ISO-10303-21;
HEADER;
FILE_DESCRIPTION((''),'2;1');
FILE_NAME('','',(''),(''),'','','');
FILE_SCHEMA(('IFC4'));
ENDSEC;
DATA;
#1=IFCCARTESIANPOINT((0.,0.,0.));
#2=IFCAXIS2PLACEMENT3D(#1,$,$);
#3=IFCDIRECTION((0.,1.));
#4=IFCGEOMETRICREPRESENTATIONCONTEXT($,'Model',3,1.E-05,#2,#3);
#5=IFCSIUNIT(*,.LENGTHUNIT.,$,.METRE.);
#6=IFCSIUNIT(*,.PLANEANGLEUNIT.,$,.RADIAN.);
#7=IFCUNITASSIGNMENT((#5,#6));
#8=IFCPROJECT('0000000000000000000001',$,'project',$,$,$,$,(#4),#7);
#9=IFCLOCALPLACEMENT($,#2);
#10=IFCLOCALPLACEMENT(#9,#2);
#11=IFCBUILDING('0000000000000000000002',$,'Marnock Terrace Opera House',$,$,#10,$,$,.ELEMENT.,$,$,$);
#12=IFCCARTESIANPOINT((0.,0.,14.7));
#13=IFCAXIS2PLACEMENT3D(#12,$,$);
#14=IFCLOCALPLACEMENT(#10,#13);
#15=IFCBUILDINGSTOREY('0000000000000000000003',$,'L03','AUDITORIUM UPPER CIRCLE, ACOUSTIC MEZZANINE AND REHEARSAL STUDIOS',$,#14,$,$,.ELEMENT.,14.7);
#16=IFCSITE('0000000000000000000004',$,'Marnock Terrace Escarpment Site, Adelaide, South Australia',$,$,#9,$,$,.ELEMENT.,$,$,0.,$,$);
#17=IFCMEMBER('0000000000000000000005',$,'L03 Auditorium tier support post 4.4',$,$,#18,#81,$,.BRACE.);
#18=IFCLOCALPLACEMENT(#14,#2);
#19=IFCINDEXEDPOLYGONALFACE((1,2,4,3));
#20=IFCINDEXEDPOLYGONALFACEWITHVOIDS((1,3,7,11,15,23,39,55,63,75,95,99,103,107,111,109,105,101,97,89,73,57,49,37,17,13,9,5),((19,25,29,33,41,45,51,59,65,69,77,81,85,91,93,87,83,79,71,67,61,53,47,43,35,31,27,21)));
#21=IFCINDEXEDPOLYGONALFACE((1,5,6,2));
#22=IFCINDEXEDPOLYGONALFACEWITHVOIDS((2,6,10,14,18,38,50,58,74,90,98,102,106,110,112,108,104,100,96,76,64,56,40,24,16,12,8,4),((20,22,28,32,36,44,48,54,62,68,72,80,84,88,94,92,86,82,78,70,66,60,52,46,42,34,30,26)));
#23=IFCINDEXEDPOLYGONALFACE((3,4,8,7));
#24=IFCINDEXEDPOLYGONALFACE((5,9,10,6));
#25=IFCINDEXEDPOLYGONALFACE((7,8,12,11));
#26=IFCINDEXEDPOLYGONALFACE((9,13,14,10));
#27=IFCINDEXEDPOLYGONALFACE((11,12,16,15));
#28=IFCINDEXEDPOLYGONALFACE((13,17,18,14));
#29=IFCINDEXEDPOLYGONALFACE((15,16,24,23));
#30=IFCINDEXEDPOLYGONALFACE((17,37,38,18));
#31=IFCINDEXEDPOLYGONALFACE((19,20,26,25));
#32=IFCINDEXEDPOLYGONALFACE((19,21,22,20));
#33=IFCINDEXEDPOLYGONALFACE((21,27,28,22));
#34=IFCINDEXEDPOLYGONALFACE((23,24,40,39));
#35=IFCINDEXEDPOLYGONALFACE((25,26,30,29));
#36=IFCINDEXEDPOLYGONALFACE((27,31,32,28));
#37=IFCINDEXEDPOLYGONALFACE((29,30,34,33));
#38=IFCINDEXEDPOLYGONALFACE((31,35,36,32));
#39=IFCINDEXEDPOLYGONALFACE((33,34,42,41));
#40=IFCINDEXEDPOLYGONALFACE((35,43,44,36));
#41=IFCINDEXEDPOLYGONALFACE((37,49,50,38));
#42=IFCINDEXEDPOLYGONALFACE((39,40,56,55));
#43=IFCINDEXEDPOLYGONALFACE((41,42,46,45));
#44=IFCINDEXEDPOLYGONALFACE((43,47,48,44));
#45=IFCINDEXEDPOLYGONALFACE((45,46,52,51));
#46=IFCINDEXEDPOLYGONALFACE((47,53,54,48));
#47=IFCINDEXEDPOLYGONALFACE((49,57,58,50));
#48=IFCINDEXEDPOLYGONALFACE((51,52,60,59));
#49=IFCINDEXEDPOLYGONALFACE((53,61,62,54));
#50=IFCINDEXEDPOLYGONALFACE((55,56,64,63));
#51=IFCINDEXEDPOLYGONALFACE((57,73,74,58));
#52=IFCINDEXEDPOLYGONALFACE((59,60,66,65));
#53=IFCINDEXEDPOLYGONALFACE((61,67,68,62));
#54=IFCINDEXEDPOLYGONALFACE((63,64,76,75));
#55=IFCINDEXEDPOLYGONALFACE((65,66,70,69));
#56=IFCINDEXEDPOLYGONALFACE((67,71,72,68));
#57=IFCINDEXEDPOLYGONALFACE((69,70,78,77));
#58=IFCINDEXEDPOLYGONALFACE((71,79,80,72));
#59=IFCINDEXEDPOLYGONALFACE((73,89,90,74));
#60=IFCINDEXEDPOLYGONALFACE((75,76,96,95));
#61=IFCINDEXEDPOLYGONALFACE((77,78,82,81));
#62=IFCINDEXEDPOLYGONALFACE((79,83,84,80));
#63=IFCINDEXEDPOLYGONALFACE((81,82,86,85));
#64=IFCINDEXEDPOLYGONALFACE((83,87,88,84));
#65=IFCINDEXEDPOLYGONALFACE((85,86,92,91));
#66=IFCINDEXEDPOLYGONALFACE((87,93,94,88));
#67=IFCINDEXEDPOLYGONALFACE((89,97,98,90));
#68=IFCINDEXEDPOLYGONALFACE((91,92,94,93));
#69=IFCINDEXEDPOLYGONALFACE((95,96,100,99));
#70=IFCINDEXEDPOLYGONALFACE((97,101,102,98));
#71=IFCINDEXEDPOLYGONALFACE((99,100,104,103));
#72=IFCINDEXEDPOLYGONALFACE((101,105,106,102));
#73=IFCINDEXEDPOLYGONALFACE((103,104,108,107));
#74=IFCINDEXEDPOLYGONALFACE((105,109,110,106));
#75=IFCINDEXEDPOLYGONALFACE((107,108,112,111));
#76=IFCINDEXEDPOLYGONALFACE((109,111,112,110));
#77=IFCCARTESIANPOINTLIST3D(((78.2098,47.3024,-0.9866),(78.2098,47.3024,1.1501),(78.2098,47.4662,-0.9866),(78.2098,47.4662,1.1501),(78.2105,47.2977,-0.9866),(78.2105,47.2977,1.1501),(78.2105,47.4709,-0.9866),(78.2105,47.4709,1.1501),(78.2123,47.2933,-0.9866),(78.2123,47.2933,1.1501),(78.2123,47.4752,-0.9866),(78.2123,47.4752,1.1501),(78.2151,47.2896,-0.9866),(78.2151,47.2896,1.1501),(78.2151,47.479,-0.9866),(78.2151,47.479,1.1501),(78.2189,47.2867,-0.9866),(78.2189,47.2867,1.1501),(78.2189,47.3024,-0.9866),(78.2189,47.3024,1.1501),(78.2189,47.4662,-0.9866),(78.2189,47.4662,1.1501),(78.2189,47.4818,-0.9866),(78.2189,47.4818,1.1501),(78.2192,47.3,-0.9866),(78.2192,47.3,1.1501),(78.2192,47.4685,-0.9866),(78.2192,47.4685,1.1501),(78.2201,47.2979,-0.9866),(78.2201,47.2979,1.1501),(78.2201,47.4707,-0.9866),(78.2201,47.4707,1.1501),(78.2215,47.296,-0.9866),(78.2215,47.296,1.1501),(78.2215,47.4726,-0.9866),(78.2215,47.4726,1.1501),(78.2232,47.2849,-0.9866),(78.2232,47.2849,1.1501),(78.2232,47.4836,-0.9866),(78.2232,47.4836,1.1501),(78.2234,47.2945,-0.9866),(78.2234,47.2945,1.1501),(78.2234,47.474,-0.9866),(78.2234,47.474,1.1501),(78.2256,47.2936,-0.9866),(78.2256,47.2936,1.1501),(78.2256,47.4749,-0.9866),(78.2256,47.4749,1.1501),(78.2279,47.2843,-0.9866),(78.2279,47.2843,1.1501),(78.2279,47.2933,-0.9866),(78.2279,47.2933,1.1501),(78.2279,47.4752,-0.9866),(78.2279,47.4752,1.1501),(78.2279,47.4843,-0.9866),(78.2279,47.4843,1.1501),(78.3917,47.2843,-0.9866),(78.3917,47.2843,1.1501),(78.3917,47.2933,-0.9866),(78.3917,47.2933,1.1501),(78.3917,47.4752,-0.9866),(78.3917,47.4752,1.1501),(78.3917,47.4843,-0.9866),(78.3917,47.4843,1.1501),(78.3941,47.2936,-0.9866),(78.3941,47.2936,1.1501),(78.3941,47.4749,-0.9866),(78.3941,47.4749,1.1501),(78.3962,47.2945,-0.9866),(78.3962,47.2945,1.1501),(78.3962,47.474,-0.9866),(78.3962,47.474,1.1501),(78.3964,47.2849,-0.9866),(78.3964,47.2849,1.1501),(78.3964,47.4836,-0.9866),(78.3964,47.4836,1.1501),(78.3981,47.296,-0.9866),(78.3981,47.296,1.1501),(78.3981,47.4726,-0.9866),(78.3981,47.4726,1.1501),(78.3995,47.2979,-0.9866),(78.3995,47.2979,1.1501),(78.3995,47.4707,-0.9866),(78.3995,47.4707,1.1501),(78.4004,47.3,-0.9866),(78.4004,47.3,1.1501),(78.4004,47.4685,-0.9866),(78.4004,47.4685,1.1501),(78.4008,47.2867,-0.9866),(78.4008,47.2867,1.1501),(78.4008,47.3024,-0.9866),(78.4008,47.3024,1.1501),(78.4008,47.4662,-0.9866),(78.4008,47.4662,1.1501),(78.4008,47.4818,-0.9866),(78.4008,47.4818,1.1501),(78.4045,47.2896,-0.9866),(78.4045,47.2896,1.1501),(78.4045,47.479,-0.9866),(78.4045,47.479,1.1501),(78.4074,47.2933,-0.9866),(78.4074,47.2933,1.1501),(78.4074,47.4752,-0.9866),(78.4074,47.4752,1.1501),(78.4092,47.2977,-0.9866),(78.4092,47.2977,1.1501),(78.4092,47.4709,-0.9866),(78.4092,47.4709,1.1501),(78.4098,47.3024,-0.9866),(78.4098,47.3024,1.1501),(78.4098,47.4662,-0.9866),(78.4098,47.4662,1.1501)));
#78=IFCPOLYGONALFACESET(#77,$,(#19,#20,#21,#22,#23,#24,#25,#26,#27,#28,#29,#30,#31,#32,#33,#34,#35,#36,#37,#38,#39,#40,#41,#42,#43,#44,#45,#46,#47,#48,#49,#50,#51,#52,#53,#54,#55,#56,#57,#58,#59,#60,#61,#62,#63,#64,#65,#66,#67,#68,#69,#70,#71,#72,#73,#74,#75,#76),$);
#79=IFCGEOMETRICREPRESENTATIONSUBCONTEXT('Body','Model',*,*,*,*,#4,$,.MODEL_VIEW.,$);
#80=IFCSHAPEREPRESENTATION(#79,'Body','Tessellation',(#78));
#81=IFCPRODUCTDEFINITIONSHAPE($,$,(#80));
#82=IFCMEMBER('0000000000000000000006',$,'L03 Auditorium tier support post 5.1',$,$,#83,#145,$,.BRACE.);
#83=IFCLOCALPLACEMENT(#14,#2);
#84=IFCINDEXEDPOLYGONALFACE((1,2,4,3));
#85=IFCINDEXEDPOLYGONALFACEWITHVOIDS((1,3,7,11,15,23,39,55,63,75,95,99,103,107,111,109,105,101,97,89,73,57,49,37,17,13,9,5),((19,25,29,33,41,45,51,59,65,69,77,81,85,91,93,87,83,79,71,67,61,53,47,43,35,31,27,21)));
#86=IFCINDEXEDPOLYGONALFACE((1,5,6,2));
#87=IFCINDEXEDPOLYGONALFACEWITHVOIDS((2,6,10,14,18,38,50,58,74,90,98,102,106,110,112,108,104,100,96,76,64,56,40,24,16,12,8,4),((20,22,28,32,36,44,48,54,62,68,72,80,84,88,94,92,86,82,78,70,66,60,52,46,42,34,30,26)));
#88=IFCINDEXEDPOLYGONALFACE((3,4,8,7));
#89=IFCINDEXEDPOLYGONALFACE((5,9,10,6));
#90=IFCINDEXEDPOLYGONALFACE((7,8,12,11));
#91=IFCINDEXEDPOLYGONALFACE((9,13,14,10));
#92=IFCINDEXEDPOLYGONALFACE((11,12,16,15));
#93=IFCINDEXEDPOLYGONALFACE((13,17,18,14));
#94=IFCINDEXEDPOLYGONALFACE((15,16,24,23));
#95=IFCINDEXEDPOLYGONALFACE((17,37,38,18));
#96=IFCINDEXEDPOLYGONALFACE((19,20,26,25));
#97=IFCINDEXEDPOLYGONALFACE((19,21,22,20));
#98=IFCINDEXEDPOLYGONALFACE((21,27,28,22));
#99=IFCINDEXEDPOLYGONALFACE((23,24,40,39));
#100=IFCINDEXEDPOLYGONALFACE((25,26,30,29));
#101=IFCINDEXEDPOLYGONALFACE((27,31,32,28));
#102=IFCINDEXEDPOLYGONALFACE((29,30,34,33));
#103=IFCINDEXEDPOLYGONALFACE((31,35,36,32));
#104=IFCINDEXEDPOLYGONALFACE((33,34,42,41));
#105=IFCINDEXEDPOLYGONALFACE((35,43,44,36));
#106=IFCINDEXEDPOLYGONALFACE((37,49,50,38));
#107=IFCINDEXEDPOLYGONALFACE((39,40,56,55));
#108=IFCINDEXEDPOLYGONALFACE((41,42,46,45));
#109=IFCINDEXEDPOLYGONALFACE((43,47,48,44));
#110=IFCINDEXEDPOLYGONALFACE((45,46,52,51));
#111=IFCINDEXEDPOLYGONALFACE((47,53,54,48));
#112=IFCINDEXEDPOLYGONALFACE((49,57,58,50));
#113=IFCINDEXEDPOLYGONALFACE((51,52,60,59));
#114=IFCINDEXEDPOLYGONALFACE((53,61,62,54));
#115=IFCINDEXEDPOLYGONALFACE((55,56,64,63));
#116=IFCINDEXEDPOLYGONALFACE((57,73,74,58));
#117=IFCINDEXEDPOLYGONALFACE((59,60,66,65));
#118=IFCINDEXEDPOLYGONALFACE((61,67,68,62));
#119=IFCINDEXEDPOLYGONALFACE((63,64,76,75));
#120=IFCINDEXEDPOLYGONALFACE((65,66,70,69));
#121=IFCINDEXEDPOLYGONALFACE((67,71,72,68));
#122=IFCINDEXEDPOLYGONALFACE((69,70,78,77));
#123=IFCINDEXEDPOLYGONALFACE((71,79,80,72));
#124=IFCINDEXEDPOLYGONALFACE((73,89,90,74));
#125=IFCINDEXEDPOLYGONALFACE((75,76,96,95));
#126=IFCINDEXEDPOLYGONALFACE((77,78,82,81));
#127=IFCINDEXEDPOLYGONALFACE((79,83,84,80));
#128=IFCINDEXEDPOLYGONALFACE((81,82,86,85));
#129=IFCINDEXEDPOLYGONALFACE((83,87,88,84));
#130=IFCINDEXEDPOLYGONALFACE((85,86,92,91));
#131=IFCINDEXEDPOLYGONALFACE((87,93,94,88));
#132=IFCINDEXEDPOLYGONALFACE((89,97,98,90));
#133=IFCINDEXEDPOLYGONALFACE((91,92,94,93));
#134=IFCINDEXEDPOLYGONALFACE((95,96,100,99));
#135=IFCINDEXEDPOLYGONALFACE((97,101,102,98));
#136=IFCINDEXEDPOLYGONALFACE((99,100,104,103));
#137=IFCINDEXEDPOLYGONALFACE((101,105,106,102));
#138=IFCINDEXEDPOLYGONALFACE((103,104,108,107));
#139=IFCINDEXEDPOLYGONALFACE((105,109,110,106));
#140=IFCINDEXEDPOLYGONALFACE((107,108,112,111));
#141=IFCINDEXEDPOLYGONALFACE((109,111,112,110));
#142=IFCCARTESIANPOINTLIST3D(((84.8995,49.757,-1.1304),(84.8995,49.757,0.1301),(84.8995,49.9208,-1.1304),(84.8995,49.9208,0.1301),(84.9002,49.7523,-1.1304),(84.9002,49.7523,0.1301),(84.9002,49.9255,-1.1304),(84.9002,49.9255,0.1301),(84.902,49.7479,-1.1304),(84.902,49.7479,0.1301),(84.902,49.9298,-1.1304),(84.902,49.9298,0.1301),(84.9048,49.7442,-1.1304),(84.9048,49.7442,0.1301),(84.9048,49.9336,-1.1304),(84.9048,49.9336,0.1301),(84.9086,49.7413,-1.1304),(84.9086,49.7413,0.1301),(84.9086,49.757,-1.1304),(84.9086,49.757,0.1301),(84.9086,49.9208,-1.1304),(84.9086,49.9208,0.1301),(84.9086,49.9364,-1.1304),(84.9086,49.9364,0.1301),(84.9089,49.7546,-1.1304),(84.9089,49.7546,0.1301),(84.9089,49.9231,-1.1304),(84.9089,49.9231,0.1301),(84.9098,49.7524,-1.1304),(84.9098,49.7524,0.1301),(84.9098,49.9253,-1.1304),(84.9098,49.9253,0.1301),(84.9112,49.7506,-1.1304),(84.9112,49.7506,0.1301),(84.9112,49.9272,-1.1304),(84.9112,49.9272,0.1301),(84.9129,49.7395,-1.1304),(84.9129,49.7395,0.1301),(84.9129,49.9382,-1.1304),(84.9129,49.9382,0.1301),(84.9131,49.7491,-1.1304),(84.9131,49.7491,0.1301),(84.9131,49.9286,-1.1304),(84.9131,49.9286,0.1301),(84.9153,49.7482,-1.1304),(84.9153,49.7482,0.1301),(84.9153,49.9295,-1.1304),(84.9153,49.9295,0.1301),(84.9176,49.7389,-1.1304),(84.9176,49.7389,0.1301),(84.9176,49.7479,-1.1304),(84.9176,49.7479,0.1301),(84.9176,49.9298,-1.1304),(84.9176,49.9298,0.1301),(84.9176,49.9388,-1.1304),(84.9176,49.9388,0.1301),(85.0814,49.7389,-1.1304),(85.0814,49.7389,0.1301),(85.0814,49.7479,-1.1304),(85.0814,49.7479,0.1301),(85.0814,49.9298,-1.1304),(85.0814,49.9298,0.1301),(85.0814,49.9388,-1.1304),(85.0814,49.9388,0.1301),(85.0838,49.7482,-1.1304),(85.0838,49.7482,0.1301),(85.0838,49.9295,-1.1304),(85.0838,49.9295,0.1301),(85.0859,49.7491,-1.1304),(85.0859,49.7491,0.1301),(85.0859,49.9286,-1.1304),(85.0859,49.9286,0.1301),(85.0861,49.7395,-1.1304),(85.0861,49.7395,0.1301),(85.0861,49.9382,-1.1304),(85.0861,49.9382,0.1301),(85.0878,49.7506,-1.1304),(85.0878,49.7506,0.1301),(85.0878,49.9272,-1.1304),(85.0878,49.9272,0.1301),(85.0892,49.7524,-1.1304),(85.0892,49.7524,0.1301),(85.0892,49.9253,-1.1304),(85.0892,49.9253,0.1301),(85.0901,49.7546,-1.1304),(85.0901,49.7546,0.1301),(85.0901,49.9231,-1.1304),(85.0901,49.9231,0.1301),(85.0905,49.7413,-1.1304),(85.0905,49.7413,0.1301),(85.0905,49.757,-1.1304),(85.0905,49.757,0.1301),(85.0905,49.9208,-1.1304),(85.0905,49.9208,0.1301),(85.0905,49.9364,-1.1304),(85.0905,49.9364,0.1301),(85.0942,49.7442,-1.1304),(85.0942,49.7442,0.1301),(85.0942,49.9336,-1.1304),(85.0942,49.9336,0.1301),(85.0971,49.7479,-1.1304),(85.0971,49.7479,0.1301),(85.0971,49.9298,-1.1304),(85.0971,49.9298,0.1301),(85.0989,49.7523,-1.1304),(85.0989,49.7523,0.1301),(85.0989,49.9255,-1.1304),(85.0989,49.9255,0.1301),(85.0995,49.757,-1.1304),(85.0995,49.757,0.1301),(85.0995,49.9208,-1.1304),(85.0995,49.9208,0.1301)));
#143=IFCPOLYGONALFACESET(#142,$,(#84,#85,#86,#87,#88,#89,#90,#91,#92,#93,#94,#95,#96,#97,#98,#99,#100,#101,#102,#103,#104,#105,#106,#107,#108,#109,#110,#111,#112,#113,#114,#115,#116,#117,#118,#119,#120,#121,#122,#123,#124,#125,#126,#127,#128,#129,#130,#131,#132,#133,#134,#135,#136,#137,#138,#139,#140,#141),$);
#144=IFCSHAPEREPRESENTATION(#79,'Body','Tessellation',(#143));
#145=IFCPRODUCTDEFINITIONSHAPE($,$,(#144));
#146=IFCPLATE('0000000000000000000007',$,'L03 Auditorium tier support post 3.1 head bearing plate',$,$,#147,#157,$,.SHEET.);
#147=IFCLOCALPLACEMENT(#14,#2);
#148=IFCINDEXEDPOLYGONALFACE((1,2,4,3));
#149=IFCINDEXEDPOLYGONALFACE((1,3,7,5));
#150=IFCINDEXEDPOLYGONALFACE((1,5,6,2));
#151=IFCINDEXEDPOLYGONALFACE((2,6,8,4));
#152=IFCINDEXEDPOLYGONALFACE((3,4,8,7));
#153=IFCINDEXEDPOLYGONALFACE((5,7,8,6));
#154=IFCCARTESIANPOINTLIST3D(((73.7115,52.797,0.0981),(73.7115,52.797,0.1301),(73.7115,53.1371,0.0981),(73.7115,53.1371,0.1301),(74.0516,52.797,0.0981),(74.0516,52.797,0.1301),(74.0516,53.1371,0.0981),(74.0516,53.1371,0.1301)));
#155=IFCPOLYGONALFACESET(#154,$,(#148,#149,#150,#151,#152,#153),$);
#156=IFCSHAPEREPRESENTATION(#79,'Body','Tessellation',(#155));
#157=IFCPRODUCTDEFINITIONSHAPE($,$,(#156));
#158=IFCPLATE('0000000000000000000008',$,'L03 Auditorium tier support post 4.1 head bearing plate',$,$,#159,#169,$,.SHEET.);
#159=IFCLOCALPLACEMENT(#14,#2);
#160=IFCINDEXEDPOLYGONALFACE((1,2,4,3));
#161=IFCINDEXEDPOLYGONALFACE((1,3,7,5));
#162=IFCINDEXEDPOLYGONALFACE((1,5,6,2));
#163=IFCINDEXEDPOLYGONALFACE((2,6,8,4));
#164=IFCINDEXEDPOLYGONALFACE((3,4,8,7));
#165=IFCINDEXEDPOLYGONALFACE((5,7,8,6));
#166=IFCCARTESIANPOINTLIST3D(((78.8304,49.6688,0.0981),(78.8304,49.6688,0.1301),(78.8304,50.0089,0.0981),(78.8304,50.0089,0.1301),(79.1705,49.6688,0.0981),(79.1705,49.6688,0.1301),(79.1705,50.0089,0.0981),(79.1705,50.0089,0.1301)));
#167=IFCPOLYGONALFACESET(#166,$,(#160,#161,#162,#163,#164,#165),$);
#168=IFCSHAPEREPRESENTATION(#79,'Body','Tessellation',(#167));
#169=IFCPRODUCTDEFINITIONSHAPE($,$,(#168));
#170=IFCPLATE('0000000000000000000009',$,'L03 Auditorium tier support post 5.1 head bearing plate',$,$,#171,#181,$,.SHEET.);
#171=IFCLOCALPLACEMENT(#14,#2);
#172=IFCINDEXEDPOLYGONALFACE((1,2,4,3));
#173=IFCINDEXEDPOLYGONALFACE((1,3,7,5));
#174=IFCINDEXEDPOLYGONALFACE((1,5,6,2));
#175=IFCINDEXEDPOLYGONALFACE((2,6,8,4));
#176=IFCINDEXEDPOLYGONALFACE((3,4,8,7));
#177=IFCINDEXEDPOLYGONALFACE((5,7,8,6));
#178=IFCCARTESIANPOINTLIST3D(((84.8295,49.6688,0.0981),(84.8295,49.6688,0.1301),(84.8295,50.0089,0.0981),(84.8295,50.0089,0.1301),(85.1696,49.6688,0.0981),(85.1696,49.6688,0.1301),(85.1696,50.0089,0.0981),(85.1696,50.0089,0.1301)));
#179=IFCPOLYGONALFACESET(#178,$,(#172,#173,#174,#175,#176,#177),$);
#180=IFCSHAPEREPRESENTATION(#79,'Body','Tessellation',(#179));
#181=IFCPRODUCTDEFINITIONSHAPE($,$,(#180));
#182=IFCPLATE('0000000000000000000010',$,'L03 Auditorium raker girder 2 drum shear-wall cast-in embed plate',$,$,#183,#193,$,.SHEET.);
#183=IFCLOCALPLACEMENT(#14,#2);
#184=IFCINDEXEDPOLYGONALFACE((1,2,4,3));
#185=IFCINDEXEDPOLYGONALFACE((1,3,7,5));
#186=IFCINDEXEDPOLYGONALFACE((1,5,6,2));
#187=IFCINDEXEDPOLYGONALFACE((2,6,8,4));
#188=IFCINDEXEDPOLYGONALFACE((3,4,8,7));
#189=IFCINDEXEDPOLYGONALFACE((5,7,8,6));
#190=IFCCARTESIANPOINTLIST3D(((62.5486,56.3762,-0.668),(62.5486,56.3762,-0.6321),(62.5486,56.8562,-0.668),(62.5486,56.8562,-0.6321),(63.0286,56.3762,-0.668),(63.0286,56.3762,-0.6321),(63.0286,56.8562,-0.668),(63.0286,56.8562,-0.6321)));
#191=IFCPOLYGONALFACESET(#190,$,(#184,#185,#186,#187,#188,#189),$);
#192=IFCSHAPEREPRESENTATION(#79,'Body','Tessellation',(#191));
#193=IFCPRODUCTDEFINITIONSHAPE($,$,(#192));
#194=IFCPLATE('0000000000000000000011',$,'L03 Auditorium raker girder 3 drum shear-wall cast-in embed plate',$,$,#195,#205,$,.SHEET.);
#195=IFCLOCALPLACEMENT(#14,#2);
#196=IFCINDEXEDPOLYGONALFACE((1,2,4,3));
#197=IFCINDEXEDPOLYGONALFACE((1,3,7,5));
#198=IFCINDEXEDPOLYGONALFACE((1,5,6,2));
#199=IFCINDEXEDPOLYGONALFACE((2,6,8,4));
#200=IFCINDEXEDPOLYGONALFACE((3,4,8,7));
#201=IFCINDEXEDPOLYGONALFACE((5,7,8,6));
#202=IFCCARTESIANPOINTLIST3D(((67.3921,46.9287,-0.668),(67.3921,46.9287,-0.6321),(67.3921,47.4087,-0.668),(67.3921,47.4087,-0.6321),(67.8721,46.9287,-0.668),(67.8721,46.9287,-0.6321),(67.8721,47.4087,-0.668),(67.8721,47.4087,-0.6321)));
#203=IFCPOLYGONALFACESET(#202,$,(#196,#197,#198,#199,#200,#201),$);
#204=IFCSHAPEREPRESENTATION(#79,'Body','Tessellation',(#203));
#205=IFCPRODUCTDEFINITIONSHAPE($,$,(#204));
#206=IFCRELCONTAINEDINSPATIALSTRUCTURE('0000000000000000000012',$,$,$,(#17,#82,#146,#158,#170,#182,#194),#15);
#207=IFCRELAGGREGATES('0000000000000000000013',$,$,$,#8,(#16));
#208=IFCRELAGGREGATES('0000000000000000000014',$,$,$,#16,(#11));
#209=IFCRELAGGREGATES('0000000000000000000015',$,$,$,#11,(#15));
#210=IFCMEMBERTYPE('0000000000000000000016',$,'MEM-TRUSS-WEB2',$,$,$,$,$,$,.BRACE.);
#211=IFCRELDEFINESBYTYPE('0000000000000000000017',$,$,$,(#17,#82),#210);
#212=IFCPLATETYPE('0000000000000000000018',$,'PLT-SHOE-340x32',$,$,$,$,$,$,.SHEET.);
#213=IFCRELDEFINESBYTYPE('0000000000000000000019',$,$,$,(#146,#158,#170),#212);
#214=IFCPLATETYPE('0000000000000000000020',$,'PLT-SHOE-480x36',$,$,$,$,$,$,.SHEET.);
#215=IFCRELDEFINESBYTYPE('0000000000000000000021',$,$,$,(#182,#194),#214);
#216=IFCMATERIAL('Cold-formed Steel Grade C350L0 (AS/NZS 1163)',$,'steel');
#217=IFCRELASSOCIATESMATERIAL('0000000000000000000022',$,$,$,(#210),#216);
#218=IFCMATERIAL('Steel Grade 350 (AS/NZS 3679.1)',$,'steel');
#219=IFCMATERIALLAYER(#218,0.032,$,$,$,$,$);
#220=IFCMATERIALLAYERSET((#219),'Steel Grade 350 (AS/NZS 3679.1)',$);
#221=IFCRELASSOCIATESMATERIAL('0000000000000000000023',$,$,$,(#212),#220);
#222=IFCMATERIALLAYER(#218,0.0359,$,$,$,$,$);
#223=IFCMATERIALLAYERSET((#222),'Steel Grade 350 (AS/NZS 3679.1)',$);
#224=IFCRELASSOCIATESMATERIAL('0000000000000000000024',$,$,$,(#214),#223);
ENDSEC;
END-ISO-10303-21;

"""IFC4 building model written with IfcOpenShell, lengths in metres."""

from ifc_helpers import new_model, si_unit, direction, frame, origin, origin_2d, place, context, subcontext, project, spatial, rectangle, hollow_rectangle, extrude, material, layer, layer_set, material_profile, profile_set, type_object, element, save


model = new_model("IFC4")

# Units and contexts
model_context = context("Model", 3, precision=1e-05, world=origin(), true_north=direction((0.0, 1.0)))
body_context = subcontext(model_context, "Body", "Model", "MODEL_VIEW")
ifc_project = project(units=[si_unit("LENGTHUNIT", "METRE"), si_unit("PLANEANGLEUNIT", "RADIAN")], contexts=[model_context])

# Site, building, storey
site_placement = place(None, origin())
site = spatial("IfcSite", under=ifc_project, at=site_placement, Name="Marnock Terrace Escarpment Site, Adelaide, South Australia", CompositionType="ELEMENT", RefElevation=0.0)
building_placement = place(site_placement, origin())
building = spatial("IfcBuilding", under=site, at=building_placement, Name="Marnock Terrace Opera House", CompositionType="ELEMENT")
storey_placement = place(building_placement, frame((0.0, 0.0, 14.7)))
storey = spatial("IfcBuildingStorey", under=building, at=storey_placement, Name="L03", Description="AUDITORIUM UPPER CIRCLE, ACOUSTIC MEZZANINE AND REHEARSAL STUDIOS", CompositionType="ELEMENT", Elevation=14.7)

# Shared definitions
ifc_material_1 = material(Name="Steel Grade 350 (AS/NZS 3679.1)", Category="steel")

# Members
ifc_material_2 = material(Name="Cold-formed Steel Grade C350L0 (AS/NZS 1163)", Category="steel")
ifc_material_profile_1 = material_profile(ifc_material_2, hollow_rectangle(XDim=0.2, YDim=0.2, WallThickness=0.009, InnerFilletRadius=0.009, OuterFilletRadius=0.0181, at=origin_2d()))
ifc_profile_set_1 = profile_set([ifc_material_profile_1], Name="Cold-formed Steel Grade C350L0 (AS/NZS 1163)")
member_type = type_object("IfcMemberType", Name="MEM-TRUSS-WEB2", PredefinedType="BRACE", material=ifc_profile_set_1)
member_1_placement = place(storey_placement, frame((78.3098, 47.3843, -0.9866), z_axis=(0.0, 0.0, 1.0), x_axis=(1.0, 0.0, 0.0)))
element("IfcMember", 1, at=member_1_placement, inside=storey, type_object=member_type, Name="L03 Auditorium tier support post 4.4", PredefinedType="BRACE", context=body_context, shape_type="SweptSolid", body=[
    extrude(hollow_rectangle(XDim=0.2, YDim=0.2, WallThickness=0.009, InnerFilletRadius=0.009, OuterFilletRadius=0.0181, at=origin_2d()), origin(), (0.0, 0.0, 1.0), 2.1367),
])
member_2_placement = place(storey_placement, frame((84.9995, 49.8389, -1.1304), z_axis=(0.0, 0.0, 1.0), x_axis=(1.0, 0.0, 0.0)))
element("IfcMember", 2, at=member_2_placement, inside=storey, type_object=member_type, Name="L03 Auditorium tier support post 5.1", PredefinedType="BRACE", context=body_context, shape_type="SweptSolid", body=[
    extrude(hollow_rectangle(XDim=0.2, YDim=0.2, WallThickness=0.009, InnerFilletRadius=0.009, OuterFilletRadius=0.0181, at=origin_2d()), origin(), (0.0, 0.0, 1.0), 1.2605),
])

# Plates
ifc_layer_1 = layer(ifc_material_1, 0.032)
ifc_layer_set_1 = layer_set([ifc_layer_1], Name="Steel Grade 350 (AS/NZS 3679.1)")
plate_type_1 = type_object("IfcPlateType", Name="PLT-SHOE-340x32", PredefinedType="SHEET", material=ifc_layer_set_1)
for number, where, z_axis, x_axis, name in (
    (3, (73.8816, 52.967, 0.0981), (0.0, 0.0, 1.0), (1.0, 0.0, 0.0), "L03 Auditorium tier support post 3.1 head bearing plate"),
    (4, (79.0005, 49.8389, 0.0981), (0.0, 0.0, 1.0), (1.0, 0.0, 0.0), "L03 Auditorium tier support post 4.1 head bearing plate"),
    (5, (84.9995, 49.8389, 0.0981), (0.0, 0.0, 1.0), (1.0, 0.0, 0.0), "L03 Auditorium tier support post 5.1 head bearing plate"),
):
    element("IfcPlate", number, at=place(storey_placement, frame(where, z_axis=z_axis, x_axis=x_axis)), inside=storey, type_object=plate_type_1, Name=name, PredefinedType="SHEET", context=body_context, shape_type="SweptSolid", body=[
        extrude(rectangle(XDim=0.3401, YDim=0.3401, at=origin_2d()), origin(), (0.0, 0.0, 1.0), 0.032),
    ])
ifc_layer_2 = layer(ifc_material_1, 0.0359)
ifc_layer_set_2 = layer_set([ifc_layer_2], Name="Steel Grade 350 (AS/NZS 3679.1)")
plate_type_2 = type_object("IfcPlateType", Name="PLT-SHOE-480x36", PredefinedType="SHEET", material=ifc_layer_set_2)
for number, where, z_axis, x_axis, name in (
    (6, (62.7886, 56.6162, -0.668), (0.0, 0.0, 1.0), (1.0, 0.0, 0.0), "L03 Auditorium raker girder 2 drum shear-wall cast-in embed plate"),
    (7, (67.6321, 47.1687, -0.668), (0.0, 0.0, 1.0), (1.0, 0.0, 0.0), "L03 Auditorium raker girder 3 drum shear-wall cast-in embed plate"),
):
    element("IfcPlate", number, at=place(storey_placement, frame(where, z_axis=z_axis, x_axis=x_axis)), inside=storey, type_object=plate_type_2, Name=name, PredefinedType="SHEET", context=body_context, shape_type="SweptSolid", body=[
        extrude(rectangle(XDim=0.48, YDim=0.48, at=origin_2d()), origin(), (0.0, 0.0, 1.0), 0.0359),
    ])

save(model, "model.ifc")
